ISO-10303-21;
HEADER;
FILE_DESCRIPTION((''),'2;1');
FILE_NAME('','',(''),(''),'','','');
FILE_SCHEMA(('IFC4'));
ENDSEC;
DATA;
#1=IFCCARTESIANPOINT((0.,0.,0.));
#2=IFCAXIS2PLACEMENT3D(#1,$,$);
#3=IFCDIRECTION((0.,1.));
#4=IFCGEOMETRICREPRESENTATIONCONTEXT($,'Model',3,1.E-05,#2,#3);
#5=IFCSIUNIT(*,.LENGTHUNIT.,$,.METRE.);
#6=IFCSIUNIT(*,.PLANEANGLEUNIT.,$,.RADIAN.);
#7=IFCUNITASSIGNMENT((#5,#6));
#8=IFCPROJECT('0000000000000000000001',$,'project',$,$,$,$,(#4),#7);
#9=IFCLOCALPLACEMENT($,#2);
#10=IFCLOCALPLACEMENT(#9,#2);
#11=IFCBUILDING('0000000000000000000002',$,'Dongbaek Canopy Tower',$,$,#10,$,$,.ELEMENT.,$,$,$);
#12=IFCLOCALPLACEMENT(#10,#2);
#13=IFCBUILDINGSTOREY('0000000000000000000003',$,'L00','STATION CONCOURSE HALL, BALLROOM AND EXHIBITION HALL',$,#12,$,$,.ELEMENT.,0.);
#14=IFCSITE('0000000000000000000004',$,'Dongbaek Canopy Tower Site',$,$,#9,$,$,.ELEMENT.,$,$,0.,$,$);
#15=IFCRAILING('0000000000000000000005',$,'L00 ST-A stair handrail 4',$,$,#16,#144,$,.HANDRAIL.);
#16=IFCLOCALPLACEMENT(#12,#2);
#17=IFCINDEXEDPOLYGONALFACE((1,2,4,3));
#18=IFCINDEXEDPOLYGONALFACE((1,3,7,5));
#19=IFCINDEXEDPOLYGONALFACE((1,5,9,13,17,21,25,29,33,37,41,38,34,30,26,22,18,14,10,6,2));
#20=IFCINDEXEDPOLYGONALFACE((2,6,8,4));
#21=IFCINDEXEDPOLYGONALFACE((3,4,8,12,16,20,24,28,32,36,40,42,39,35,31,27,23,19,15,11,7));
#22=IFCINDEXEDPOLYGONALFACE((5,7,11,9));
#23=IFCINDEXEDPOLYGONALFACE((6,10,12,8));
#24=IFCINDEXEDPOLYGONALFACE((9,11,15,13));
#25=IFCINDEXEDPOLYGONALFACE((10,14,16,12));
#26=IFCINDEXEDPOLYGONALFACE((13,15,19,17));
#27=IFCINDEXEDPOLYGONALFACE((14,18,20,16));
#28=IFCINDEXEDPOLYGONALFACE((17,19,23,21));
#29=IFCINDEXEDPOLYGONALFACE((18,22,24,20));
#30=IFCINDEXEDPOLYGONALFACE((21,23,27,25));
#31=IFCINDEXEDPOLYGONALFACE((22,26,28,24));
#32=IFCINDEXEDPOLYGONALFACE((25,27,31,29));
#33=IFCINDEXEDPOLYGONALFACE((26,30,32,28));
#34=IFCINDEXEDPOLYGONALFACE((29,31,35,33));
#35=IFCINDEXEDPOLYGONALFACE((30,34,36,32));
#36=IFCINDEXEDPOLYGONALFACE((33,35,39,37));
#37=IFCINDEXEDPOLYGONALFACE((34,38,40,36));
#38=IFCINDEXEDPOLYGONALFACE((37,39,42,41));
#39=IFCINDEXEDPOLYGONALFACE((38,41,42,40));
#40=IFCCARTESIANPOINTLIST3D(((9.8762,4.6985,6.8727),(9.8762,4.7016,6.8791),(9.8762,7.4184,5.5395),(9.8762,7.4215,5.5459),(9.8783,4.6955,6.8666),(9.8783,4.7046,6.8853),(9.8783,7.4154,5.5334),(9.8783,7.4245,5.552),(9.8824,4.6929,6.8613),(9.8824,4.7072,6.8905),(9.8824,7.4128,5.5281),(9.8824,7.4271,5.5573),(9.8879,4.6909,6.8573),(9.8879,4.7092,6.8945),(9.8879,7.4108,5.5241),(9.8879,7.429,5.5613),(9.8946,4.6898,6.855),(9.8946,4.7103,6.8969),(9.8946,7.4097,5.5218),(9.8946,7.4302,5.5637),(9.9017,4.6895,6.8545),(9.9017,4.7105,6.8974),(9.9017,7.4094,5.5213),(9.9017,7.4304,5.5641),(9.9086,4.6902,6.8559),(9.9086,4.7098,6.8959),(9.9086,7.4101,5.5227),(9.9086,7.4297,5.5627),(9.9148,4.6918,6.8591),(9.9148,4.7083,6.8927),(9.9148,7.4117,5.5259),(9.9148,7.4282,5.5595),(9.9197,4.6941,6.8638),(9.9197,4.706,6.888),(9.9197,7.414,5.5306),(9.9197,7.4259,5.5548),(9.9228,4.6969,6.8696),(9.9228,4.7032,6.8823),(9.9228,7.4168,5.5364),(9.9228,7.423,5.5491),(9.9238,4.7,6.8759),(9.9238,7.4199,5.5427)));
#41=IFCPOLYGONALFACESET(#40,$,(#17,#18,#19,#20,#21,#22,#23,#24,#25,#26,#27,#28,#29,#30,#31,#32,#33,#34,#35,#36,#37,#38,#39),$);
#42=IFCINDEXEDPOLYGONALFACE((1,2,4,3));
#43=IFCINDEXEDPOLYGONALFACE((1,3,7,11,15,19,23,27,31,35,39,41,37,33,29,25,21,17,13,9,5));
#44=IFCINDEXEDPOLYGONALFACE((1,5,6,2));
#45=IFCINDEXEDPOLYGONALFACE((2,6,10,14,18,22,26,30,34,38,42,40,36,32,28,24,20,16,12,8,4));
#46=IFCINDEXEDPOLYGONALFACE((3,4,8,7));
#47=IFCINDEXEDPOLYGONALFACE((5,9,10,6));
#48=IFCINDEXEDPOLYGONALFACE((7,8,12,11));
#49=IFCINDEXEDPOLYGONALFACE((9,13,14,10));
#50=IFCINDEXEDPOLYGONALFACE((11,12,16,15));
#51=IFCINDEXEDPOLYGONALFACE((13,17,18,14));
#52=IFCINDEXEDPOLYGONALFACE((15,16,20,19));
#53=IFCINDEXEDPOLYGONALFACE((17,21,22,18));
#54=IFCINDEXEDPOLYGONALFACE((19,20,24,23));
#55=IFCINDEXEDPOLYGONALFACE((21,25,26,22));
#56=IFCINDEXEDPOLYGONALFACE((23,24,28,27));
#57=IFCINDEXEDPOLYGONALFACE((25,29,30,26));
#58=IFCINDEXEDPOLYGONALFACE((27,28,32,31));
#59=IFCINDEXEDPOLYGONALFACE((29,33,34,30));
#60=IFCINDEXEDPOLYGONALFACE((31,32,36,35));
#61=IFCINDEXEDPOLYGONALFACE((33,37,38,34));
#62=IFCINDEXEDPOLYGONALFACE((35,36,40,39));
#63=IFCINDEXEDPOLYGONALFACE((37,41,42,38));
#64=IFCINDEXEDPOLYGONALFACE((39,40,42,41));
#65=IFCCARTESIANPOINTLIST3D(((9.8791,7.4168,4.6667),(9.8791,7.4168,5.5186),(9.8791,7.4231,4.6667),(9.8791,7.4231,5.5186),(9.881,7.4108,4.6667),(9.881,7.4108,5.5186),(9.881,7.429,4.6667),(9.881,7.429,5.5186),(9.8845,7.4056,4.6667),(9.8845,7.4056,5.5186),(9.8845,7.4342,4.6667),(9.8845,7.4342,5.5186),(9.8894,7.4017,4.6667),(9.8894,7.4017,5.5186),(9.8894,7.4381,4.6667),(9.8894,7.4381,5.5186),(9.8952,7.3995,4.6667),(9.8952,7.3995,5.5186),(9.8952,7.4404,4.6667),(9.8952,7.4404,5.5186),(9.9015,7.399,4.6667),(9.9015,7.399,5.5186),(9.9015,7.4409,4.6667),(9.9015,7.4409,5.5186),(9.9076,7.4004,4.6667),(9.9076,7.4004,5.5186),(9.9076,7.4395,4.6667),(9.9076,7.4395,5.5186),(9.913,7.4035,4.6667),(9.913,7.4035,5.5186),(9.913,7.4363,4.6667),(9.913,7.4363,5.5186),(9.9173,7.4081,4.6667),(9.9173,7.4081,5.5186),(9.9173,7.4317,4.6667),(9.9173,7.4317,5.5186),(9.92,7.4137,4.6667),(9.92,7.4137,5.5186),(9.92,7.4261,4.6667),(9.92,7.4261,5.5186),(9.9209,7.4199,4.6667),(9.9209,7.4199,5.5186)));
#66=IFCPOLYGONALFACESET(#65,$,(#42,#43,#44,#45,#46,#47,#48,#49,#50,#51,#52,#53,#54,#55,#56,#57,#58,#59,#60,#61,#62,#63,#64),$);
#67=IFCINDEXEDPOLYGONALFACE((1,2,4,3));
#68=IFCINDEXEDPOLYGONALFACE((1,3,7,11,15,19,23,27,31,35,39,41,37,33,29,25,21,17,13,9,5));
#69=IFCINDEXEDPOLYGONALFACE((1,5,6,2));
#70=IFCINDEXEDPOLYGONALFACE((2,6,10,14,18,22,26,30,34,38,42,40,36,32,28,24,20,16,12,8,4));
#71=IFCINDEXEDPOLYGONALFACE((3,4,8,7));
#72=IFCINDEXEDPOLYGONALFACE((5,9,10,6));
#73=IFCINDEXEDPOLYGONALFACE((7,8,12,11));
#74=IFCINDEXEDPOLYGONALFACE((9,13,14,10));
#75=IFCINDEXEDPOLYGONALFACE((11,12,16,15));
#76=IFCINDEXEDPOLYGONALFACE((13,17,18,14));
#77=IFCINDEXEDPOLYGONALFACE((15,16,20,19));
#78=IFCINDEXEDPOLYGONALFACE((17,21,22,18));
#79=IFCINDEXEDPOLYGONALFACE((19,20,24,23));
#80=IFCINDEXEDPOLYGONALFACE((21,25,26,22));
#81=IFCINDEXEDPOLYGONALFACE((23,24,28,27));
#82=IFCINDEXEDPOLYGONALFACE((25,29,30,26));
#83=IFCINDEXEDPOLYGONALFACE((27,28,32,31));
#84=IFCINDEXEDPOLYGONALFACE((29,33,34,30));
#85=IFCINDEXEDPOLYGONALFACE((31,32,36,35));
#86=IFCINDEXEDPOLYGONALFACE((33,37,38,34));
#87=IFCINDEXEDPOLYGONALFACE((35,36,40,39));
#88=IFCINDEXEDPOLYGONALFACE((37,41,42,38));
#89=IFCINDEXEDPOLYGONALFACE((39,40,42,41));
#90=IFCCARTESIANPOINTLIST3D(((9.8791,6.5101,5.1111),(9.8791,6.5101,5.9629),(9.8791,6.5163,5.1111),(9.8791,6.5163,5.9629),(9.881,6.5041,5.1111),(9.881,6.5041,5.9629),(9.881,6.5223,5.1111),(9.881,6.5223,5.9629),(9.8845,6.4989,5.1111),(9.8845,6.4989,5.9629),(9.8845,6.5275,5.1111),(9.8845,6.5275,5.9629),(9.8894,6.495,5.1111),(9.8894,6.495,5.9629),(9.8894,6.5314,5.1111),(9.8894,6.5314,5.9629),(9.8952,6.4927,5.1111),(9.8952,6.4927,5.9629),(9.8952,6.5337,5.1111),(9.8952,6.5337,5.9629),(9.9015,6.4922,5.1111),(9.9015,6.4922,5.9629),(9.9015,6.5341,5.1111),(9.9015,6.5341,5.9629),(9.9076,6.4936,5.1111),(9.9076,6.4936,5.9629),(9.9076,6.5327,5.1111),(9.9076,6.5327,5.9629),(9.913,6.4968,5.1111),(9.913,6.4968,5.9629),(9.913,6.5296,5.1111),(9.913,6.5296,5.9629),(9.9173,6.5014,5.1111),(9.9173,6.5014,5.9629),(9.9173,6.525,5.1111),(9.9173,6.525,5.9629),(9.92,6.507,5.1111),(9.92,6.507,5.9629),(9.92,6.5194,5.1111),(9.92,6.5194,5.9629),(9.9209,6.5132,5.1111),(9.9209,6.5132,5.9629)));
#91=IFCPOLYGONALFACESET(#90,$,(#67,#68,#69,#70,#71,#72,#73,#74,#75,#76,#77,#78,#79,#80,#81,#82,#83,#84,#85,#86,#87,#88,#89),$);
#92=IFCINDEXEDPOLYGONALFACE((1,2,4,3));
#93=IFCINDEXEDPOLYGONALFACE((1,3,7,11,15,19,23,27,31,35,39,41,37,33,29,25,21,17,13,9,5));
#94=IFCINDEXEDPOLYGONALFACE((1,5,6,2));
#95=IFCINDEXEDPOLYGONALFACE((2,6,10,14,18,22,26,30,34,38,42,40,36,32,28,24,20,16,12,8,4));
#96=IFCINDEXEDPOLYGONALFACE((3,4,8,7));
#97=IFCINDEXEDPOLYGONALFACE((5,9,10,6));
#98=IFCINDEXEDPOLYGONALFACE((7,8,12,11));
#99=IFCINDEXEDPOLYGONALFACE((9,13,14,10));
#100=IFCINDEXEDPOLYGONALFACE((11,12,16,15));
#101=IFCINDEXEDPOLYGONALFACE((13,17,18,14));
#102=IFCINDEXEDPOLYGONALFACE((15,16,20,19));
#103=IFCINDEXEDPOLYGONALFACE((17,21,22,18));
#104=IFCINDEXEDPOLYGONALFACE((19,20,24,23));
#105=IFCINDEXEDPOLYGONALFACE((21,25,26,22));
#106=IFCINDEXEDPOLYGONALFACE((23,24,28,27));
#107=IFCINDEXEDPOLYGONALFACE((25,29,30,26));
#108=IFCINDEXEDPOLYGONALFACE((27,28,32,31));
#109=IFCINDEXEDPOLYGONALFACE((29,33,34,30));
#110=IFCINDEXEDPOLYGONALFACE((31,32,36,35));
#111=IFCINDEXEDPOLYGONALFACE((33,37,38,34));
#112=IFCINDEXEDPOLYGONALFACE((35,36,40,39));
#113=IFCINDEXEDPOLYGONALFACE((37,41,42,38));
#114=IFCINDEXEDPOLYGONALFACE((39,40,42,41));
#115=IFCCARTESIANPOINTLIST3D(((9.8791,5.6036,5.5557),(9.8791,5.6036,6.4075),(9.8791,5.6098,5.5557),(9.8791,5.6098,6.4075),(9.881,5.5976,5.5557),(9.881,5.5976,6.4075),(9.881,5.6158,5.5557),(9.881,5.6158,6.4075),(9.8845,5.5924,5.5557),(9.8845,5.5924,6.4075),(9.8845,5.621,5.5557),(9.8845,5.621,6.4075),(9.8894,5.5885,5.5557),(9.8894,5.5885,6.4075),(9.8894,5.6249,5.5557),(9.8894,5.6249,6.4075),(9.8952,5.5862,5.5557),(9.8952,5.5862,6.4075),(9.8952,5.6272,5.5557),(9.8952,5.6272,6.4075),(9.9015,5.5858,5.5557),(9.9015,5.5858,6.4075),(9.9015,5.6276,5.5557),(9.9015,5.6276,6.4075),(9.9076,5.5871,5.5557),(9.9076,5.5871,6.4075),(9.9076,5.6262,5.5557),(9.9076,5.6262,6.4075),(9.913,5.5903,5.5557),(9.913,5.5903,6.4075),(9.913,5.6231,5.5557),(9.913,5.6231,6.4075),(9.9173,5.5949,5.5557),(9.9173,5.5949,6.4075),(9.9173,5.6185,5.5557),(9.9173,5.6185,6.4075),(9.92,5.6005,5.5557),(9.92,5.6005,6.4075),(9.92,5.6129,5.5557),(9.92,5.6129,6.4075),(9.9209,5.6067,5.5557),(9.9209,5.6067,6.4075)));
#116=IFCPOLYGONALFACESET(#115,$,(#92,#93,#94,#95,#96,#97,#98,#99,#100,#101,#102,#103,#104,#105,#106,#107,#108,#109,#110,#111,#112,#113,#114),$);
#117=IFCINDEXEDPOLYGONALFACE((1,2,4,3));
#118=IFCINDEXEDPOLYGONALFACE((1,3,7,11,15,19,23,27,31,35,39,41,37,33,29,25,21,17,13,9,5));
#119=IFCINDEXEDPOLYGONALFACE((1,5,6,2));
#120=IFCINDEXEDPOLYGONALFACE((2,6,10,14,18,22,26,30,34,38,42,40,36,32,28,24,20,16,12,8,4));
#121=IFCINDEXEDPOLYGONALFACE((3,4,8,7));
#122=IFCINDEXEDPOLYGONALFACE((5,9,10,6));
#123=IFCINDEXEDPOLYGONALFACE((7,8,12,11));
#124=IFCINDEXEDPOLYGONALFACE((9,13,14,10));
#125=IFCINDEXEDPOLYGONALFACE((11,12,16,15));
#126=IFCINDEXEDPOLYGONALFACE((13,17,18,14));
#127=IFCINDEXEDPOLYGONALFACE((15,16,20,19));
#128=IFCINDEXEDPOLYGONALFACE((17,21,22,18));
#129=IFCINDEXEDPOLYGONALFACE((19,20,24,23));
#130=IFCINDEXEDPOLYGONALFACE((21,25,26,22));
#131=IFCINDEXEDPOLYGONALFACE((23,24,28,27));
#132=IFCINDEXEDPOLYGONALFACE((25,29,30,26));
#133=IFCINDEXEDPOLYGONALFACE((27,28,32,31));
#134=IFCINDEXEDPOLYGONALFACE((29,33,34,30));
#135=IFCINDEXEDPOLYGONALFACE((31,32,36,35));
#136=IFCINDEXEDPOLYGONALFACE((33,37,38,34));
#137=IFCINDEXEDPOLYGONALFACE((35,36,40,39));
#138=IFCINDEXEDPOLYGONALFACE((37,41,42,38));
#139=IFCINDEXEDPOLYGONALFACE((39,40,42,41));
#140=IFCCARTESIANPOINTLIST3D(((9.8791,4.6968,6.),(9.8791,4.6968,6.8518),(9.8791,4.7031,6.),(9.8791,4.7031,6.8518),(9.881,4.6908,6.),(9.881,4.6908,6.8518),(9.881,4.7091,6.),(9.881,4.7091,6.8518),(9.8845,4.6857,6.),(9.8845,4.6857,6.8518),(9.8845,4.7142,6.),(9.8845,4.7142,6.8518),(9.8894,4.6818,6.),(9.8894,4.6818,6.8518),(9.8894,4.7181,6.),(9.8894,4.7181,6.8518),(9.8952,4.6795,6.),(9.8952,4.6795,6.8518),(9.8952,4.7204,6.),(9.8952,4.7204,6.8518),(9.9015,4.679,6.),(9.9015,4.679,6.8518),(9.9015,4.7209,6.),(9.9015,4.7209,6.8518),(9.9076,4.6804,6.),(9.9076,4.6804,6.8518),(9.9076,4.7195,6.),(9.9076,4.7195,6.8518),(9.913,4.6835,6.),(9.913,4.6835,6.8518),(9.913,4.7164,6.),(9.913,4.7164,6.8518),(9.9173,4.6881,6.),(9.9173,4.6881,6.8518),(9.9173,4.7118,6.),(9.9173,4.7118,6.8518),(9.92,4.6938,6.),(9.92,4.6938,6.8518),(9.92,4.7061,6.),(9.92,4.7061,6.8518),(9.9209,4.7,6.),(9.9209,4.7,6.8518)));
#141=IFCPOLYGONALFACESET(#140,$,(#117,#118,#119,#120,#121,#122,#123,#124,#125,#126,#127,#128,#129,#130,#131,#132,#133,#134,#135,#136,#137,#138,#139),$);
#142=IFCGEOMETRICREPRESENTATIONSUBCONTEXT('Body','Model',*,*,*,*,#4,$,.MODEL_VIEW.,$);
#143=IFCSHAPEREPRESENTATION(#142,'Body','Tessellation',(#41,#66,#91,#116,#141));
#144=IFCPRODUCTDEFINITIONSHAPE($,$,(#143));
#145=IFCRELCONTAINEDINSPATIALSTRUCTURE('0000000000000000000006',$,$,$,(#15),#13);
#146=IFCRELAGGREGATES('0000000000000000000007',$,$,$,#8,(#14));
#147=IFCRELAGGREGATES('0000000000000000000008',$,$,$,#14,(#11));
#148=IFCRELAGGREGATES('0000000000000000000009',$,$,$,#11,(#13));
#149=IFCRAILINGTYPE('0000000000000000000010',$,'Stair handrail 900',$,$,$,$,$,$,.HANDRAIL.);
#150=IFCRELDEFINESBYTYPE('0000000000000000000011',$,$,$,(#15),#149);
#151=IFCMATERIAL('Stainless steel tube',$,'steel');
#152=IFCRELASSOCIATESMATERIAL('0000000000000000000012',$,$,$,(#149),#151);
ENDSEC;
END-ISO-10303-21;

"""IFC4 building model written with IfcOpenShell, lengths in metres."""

from ifc_helpers import new_model, si_unit, direction, frame, origin, origin_2d, place, context, subcontext, project, spatial, circle, extrude, material, type_object, element, save


model = new_model("IFC4")

# Units and contexts
model_context = context("Model", 3, precision=1e-05, world=origin(), true_north=direction((0.0, 1.0)))
body_context = subcontext(model_context, "Body", "Model", "MODEL_VIEW")
ifc_project = project(units=[si_unit("LENGTHUNIT", "METRE"), si_unit("PLANEANGLEUNIT", "RADIAN")], contexts=[model_context])

# Site, building, storey
site_placement = place(None, origin())
site = spatial("IfcSite", under=ifc_project, at=site_placement, Name="Dongbaek Canopy Tower Site", CompositionType="ELEMENT", RefElevation=0.0)
building_placement = place(site_placement, origin())
building = spatial("IfcBuilding", under=site, at=building_placement, Name="Dongbaek Canopy Tower", CompositionType="ELEMENT")
storey_placement = place(building_placement, origin())
storey = spatial("IfcBuildingStorey", under=building, at=storey_placement, Name="L00", Description="STATION CONCOURSE HALL, BALLROOM AND EXHIBITION HALL", CompositionType="ELEMENT", Elevation=0.0)

# Railing
ifc_material_1 = material(Name="Stainless steel tube", Category="steel")
railing_type = type_object("IfcRailingType", Name="Stair handrail 900", PredefinedType="HANDRAIL", material=ifc_material_1)
for number, where, name in (
    (1, (9.8999, 7.4199, 4.6667), "L00 ST-A stair handrail 4"),
):
    element("IfcRailing", number, at=place(storey_placement, frame(where)), inside=storey, type_object=railing_type, Name=name, PredefinedType="HANDRAIL", context=body_context, shape_type="SweptSolid", body=[
        extrude(circle(Radius=0.0239, at=origin_2d()), frame((0.0, 0.0, 0.876), z_axis=(0.0, -0.897929, 0.440139), x_axis=(1.0, 0.0, 0.0)), (0.0, 0.0, 1.0), 3.0291),
        extrude(circle(Radius=0.021, at=origin_2d()), origin(), (0.0, 0.0, 1.0), 0.8518),
        extrude(circle(Radius=0.021, at=origin_2d()), frame((0.0, -0.9067, 0.4443)), (0.0, 0.0, 1.0), 0.8518),
        extrude(circle(Radius=0.021, at=origin_2d()), frame((0.0, -1.8132, 0.8889)), (0.0, 0.0, 1.0), 0.8518),
        extrude(circle(Radius=0.021, at=origin_2d()), frame((0.0, -2.72, 1.3333)), (0.0, 0.0, 1.0), 0.8518),
    ])

save(model, "model.ifc")
